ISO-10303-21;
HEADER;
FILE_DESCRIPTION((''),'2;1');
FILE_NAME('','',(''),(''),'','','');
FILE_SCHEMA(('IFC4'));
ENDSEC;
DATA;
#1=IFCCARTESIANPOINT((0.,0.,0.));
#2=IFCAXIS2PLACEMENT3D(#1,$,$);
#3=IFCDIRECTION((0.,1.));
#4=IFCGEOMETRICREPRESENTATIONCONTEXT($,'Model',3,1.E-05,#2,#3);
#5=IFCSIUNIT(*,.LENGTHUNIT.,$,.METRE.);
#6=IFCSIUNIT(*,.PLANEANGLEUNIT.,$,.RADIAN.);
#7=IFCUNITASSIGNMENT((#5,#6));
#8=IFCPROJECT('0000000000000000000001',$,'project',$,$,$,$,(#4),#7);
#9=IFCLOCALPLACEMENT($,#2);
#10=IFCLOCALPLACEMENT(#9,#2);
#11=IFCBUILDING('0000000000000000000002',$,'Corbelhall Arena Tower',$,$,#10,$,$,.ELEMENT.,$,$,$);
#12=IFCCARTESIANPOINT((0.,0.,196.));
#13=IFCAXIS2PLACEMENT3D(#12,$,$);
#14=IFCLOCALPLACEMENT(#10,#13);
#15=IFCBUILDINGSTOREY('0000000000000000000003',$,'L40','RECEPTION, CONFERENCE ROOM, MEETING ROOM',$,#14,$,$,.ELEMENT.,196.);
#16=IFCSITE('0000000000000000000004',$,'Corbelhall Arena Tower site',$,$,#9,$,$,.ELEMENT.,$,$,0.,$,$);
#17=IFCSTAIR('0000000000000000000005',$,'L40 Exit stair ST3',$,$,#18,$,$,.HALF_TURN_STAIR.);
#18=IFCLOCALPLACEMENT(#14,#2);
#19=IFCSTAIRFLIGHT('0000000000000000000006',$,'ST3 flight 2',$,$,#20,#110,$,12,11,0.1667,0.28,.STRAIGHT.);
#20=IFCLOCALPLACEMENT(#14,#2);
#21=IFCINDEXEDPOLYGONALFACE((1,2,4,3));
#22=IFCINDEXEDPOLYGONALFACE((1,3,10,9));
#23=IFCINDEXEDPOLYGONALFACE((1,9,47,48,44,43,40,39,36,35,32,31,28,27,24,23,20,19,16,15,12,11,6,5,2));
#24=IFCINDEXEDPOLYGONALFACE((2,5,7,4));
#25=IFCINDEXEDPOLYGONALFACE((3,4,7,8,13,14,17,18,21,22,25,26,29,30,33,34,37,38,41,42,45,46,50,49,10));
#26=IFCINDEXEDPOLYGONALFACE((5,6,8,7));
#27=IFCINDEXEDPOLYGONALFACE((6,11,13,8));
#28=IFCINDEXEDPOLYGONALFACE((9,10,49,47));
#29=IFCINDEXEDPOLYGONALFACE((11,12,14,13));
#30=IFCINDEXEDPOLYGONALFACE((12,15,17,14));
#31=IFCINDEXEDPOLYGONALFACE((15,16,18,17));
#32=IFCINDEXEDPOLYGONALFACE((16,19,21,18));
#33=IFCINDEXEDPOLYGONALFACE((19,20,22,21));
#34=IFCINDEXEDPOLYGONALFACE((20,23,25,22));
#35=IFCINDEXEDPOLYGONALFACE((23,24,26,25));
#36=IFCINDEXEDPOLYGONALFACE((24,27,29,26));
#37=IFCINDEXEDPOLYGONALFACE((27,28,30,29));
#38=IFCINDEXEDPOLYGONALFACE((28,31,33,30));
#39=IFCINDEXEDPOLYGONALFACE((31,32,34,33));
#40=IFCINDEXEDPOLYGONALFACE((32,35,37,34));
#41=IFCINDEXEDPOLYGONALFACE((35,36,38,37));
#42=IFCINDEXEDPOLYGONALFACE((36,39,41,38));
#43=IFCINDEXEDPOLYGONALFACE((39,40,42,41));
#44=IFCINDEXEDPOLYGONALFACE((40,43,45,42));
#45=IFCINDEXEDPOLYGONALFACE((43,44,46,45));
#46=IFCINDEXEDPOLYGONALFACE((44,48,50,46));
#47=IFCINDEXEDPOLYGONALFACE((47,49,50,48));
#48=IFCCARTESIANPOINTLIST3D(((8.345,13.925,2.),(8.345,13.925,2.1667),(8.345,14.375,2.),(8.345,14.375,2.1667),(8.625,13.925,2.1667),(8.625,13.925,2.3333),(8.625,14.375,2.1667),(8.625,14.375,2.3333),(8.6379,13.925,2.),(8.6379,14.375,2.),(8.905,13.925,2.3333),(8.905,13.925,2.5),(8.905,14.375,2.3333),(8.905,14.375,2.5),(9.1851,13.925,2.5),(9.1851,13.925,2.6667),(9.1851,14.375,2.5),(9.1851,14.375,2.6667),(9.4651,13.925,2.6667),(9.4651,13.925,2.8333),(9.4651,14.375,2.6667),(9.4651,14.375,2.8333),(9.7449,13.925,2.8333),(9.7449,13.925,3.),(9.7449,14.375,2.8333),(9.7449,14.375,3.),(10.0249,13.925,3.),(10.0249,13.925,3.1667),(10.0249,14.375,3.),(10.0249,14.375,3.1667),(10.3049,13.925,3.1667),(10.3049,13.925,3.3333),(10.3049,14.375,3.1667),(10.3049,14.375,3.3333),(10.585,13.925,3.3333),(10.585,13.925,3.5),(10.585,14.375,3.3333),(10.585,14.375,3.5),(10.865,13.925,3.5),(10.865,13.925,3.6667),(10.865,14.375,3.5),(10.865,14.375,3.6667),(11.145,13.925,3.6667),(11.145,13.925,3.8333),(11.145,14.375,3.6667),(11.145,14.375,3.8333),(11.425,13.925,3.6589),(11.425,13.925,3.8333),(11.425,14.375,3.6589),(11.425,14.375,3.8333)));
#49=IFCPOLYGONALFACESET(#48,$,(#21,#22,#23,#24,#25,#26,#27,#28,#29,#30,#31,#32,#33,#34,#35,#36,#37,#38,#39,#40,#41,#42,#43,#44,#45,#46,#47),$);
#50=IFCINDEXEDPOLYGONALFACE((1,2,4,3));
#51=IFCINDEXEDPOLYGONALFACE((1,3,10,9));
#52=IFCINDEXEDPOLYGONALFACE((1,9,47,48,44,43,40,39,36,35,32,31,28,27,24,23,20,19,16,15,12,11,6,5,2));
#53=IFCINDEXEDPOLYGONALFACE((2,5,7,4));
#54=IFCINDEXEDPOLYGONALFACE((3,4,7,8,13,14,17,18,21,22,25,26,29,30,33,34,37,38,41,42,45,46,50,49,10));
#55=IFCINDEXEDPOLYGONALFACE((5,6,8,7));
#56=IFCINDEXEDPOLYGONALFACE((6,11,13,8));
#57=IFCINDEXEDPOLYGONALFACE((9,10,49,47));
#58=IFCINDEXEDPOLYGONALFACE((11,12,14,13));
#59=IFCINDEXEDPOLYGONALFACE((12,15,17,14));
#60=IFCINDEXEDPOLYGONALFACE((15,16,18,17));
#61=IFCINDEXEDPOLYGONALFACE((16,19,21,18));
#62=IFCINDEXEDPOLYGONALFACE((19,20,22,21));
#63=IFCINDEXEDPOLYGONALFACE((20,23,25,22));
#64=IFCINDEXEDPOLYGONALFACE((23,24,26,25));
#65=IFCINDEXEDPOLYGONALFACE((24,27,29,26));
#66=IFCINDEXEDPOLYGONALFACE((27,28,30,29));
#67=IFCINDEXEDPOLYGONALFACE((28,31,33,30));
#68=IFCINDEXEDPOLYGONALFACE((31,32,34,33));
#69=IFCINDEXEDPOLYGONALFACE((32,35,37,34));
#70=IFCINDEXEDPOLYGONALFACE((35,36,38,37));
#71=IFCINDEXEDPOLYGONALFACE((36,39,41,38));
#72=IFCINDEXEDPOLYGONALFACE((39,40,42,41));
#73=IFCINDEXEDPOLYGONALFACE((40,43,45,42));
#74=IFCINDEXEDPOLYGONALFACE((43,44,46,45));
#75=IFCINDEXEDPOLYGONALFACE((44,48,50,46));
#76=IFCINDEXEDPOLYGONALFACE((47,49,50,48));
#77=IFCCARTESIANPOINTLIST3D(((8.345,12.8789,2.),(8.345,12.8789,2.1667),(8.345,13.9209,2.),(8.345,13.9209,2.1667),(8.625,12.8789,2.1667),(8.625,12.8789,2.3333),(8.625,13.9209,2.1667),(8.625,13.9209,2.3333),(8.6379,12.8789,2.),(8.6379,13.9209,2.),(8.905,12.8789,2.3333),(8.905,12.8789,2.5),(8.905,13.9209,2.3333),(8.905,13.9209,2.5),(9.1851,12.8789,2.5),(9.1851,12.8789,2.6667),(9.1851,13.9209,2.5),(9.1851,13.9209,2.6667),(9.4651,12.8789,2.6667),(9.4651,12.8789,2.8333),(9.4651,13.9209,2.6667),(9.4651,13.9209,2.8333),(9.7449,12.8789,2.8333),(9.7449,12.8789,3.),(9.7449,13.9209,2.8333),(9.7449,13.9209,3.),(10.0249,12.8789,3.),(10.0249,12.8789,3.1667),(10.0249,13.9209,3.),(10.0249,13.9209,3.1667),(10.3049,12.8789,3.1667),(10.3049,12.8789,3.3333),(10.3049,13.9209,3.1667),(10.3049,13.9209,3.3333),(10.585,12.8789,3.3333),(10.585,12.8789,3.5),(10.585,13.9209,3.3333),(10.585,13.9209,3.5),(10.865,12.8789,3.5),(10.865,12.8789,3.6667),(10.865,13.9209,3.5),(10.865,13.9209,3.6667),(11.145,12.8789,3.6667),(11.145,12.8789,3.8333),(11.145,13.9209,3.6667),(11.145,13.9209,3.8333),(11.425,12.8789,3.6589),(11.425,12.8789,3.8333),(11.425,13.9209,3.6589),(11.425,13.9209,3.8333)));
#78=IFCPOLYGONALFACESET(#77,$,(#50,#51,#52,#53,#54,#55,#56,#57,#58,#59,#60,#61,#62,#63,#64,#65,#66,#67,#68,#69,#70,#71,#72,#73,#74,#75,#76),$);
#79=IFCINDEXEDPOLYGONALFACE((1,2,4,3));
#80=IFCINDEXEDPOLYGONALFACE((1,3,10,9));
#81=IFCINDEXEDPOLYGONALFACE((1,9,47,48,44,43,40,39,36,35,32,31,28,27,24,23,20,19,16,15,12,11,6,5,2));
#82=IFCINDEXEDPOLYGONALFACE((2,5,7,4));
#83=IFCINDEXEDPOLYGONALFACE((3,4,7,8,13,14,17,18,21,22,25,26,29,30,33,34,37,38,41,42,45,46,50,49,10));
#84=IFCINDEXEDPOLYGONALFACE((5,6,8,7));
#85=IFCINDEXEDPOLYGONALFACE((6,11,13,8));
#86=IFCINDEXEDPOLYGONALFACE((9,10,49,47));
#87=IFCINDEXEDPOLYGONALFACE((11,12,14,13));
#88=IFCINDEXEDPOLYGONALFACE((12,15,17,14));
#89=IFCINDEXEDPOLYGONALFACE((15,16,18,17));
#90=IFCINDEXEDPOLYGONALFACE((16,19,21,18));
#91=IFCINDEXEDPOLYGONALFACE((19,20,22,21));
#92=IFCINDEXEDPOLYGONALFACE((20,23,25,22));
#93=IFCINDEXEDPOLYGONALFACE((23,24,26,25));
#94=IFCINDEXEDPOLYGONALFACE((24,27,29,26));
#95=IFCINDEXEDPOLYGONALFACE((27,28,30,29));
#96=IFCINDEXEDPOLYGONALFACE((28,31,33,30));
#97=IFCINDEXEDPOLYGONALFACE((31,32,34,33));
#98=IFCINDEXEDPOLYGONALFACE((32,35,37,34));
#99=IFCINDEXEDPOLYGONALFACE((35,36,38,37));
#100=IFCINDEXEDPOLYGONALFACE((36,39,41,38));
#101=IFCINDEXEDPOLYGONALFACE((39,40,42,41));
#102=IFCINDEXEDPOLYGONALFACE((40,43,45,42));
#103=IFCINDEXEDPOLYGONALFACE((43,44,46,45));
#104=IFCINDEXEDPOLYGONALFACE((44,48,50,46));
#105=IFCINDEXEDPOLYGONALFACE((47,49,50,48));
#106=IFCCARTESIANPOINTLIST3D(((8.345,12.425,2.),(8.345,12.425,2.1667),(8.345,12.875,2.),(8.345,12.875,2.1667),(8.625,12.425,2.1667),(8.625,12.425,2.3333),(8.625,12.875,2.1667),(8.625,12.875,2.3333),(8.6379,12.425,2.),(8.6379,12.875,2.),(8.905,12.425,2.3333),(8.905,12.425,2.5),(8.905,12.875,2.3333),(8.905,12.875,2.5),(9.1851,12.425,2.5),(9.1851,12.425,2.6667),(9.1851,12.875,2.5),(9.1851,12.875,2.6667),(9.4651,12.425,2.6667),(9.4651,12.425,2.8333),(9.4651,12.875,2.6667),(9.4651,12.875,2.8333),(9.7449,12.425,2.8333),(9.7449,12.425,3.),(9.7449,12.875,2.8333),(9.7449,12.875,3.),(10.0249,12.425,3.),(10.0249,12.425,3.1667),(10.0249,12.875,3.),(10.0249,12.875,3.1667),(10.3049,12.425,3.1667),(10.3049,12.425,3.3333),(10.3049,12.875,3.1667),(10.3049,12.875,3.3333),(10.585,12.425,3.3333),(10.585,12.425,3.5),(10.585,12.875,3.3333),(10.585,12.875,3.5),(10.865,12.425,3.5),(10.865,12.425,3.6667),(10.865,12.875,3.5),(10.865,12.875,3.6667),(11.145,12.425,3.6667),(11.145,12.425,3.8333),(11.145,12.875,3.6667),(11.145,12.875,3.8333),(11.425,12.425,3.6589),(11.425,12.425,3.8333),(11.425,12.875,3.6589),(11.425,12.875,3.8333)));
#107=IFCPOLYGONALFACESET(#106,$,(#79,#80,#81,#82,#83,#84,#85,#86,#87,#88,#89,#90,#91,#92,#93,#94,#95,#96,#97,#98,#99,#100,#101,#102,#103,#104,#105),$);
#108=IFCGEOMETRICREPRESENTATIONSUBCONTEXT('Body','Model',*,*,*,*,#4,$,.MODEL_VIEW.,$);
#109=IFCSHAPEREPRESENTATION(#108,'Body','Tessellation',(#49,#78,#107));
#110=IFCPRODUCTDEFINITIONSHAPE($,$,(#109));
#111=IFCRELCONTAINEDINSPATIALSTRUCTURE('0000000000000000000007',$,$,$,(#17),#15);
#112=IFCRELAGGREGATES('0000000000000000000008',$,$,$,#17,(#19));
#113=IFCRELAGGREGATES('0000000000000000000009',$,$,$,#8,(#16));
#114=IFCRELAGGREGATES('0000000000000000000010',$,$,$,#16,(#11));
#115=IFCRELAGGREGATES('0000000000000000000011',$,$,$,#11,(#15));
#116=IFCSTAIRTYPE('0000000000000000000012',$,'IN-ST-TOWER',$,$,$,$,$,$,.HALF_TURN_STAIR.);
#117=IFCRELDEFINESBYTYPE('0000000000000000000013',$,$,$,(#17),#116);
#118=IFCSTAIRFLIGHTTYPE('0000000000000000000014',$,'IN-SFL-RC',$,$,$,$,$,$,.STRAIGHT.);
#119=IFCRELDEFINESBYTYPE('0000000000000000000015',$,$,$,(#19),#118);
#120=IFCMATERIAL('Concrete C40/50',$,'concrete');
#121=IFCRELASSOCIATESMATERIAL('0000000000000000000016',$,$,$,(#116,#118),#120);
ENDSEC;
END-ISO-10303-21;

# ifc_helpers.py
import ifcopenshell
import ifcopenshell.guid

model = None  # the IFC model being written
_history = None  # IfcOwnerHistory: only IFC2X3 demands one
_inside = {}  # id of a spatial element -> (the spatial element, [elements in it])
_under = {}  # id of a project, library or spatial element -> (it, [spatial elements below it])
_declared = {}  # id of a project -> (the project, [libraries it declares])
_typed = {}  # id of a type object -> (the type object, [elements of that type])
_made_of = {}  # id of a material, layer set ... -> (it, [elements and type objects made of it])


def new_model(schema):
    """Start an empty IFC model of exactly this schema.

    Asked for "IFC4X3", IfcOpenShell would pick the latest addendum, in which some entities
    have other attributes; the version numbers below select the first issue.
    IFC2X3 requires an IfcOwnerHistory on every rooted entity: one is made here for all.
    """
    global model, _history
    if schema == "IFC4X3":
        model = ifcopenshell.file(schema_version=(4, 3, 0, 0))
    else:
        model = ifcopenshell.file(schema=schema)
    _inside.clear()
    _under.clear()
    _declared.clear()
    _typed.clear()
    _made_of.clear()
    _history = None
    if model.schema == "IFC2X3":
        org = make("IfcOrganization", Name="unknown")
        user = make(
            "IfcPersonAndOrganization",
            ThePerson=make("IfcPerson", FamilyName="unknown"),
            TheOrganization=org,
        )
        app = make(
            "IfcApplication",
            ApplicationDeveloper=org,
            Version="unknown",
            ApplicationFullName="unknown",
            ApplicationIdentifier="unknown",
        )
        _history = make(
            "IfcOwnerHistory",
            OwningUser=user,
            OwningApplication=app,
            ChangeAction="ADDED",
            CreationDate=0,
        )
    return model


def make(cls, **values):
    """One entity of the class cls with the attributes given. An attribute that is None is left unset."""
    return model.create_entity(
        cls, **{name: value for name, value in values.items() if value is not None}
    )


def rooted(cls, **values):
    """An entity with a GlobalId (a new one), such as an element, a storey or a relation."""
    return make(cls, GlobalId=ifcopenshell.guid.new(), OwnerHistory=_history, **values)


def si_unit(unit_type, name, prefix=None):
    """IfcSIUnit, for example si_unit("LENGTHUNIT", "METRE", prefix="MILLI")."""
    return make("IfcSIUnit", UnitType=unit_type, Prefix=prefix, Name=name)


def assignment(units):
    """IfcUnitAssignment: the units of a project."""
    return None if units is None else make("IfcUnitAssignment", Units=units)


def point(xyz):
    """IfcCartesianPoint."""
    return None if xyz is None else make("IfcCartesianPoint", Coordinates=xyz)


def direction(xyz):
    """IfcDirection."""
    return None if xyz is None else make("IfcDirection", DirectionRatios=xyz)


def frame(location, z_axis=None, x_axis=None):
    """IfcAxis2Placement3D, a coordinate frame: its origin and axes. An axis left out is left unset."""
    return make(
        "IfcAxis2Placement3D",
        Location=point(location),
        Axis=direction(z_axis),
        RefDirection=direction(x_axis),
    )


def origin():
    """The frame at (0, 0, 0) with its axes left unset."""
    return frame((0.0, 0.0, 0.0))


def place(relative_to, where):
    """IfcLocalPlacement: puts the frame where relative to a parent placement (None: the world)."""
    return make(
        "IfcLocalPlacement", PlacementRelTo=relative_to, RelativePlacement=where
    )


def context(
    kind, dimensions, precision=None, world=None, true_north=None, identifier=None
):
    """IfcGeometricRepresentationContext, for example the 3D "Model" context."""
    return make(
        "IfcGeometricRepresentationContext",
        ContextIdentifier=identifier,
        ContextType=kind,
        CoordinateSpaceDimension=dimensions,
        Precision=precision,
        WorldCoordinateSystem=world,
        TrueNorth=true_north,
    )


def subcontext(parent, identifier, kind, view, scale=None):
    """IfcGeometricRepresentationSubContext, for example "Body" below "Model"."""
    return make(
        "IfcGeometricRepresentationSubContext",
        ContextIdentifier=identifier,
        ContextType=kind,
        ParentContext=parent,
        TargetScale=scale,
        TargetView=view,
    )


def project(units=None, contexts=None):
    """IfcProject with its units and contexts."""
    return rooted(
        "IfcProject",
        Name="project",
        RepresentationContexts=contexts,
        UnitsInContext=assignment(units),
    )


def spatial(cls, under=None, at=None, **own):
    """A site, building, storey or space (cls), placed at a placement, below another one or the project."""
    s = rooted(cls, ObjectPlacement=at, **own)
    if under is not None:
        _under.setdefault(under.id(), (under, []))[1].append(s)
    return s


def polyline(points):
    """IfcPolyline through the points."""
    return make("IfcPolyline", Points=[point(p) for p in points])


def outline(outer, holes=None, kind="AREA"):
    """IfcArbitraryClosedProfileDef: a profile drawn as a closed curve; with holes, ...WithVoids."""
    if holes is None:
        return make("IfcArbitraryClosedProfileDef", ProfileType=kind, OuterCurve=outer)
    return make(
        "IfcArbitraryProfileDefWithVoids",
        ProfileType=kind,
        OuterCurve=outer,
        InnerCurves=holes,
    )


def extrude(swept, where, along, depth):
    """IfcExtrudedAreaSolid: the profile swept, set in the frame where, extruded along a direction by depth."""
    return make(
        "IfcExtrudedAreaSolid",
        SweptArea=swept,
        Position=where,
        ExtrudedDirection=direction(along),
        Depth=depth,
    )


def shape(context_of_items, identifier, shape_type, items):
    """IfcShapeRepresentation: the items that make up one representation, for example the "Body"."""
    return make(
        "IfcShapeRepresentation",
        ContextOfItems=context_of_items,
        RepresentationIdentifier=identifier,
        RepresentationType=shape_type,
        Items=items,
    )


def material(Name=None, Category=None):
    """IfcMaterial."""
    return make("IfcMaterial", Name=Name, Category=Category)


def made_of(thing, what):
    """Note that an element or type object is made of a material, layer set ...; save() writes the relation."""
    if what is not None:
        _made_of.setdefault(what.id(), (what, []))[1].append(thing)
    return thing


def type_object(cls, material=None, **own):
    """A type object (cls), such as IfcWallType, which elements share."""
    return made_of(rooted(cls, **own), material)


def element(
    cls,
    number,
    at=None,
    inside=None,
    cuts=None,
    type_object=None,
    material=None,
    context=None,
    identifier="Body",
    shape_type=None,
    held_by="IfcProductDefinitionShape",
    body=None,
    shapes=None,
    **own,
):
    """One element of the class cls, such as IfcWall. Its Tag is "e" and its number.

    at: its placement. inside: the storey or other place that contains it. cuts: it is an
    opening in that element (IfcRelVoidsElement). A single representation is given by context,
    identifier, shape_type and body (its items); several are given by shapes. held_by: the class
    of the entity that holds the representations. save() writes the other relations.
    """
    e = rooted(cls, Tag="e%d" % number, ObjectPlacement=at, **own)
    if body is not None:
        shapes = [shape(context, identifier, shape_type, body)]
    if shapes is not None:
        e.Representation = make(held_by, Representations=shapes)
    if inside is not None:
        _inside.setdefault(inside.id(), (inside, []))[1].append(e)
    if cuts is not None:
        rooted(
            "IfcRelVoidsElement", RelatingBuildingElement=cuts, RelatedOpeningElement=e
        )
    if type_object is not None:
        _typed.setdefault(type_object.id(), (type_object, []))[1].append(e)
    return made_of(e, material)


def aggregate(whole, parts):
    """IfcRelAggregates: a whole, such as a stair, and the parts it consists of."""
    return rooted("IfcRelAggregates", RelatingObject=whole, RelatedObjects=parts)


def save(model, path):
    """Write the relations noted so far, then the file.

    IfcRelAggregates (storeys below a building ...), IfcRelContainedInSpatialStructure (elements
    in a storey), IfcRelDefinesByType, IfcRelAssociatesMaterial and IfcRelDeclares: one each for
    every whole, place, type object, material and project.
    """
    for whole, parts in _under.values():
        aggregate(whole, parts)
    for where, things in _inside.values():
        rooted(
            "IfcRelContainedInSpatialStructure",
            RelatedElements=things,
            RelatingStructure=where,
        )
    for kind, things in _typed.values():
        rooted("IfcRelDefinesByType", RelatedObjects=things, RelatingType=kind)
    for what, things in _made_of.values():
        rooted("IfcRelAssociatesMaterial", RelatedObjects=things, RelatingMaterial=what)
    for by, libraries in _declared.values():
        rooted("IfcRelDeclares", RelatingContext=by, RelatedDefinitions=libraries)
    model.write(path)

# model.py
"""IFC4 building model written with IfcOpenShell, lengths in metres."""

from ifc_helpers import new_model, si_unit, direction, frame, origin, place, context, subcontext, project, spatial, polyline, outline, extrude, material, type_object, element, aggregate, save


model = new_model("IFC4")

# Units and contexts
model_context = context("Model", 3, precision=1e-05, world=origin(), true_north=direction((0.0, 1.0)))
body_context = subcontext(model_context, "Body", "Model", "MODEL_VIEW")
ifc_project = project(units=[si_unit("LENGTHUNIT", "METRE"), si_unit("PLANEANGLEUNIT", "RADIAN")], contexts=[model_context])

# Site, building, storey
site_placement = place(None, origin())
site = spatial("IfcSite", under=ifc_project, at=site_placement, Name="Corbelhall Arena Tower site", CompositionType="ELEMENT", RefElevation=0.0)
building_placement = place(site_placement, origin())
building = spatial("IfcBuilding", under=site, at=building_placement, Name="Corbelhall Arena Tower", CompositionType="ELEMENT")
storey_placement = place(building_placement, frame((0.0, 0.0, 196.0)))
storey = spatial("IfcBuildingStorey", under=building, at=storey_placement, Name="L40", Description="RECEPTION, CONFERENCE ROOM, MEETING ROOM", CompositionType="ELEMENT", Elevation=196.0)

# Shared definitions
ifc_material_1 = material(Name="Concrete C40/50", Category="concrete")

# Stair, stair flight
stair_type = type_object("IfcStairType", Name="IN-ST-TOWER", PredefinedType="HALF_TURN_STAIR", material=ifc_material_1)
stair_placement = place(storey_placement, origin())
stair = element("IfcStair", 1, at=stair_placement, inside=storey, type_object=stair_type, Name="L40 Exit stair ST3", PredefinedType="HALF_TURN_STAIR")
stair_flight_type = type_object("IfcStairFlightType", Name="IN-SFL-RC", PredefinedType="STRAIGHT", material=ifc_material_1)
stair_flight_placement = place(storey_placement, frame((8.345, 13.3999, 2.0), z_axis=(0.0, 0.0, 1.0), x_axis=(1.0, 0.0, 0.0)))
stair_flight = element("IfcStairFlight", 2, at=stair_flight_placement, type_object=stair_flight_type, Name="ST3 flight 2", NumberOfRisers=12, NumberOfTreads=11, PredefinedType="STRAIGHT", RiserHeight=0.1667, TreadLength=0.28, context=body_context, shape_type="SweptSolid", body=[
    extrude(outline(polyline([(0.0, 0.0), (0.0, 0.1667), (0.28, 0.1667), (0.28, 0.3333), (0.5601, 0.3333), (0.5601, 0.5), (0.8401, 0.5), (0.8401, 0.6667), (1.1201, 0.6667), (1.1201, 0.8333), (1.3999, 0.8333), (1.3999, 1.0), (1.6799, 1.0), (1.6799, 1.1667), (1.96, 1.1667), (1.96, 1.3333), (2.24, 1.3333), (2.24, 1.5), (2.52, 1.5), (2.52, 1.6667), (2.8, 1.6667), (2.8, 1.8333), (3.0801, 1.8333), (3.0801, 2.0), (3.0801, 1.6589), (0.293, 0.0), (0.0, 0.0)])), frame((0.0, 0.9751, 0.0), z_axis=(0.0, -1.0, 0.0), x_axis=(1.0, 0.0, 0.0)), (0.0, 0.0, 1.0), 0.45),
    extrude(outline(polyline([(0.0, 0.0), (0.0, 0.1667), (0.28, 0.1667), (0.28, 0.3333), (0.5601, 0.3333), (0.5601, 0.5), (0.8401, 0.5), (0.8401, 0.6667), (1.1201, 0.6667), (1.1201, 0.8333), (1.3999, 0.8333), (1.3999, 1.0), (1.6799, 1.0), (1.6799, 1.1667), (1.96, 1.1667), (1.96, 1.3333), (2.24, 1.3333), (2.24, 1.5), (2.52, 1.5), (2.52, 1.6667), (2.8, 1.6667), (2.8, 1.8333), (3.0801, 1.8333), (3.0801, 2.0), (3.0801, 1.6589), (0.293, 0.0), (0.0, 0.0)])), frame((0.0, 0.521, 0.0), z_axis=(0.0, -1.0, 0.0), x_axis=(1.0, 0.0, 0.0)), (0.0, 0.0, 1.0), 1.042),
    extrude(outline(polyline([(0.0, 0.0), (0.0, 0.1667), (0.28, 0.1667), (0.28, 0.3333), (0.5601, 0.3333), (0.5601, 0.5), (0.8401, 0.5), (0.8401, 0.6667), (1.1201, 0.6667), (1.1201, 0.8333), (1.3999, 0.8333), (1.3999, 1.0), (1.6799, 1.0), (1.6799, 1.1667), (1.96, 1.1667), (1.96, 1.3333), (2.24, 1.3333), (2.24, 1.5), (2.52, 1.5), (2.52, 1.6667), (2.8, 1.6667), (2.8, 1.8333), (3.0801, 1.8333), (3.0801, 2.0), (3.0801, 1.6589), (0.293, 0.0), (0.0, 0.0)])), frame((0.0, -0.5249, 0.0), z_axis=(0.0, -1.0, 0.0), x_axis=(1.0, 0.0, 0.0)), (0.0, 0.0, 1.0), 0.45),
])
aggregate(stair, [stair_flight])

save(model, "model.ifc")
